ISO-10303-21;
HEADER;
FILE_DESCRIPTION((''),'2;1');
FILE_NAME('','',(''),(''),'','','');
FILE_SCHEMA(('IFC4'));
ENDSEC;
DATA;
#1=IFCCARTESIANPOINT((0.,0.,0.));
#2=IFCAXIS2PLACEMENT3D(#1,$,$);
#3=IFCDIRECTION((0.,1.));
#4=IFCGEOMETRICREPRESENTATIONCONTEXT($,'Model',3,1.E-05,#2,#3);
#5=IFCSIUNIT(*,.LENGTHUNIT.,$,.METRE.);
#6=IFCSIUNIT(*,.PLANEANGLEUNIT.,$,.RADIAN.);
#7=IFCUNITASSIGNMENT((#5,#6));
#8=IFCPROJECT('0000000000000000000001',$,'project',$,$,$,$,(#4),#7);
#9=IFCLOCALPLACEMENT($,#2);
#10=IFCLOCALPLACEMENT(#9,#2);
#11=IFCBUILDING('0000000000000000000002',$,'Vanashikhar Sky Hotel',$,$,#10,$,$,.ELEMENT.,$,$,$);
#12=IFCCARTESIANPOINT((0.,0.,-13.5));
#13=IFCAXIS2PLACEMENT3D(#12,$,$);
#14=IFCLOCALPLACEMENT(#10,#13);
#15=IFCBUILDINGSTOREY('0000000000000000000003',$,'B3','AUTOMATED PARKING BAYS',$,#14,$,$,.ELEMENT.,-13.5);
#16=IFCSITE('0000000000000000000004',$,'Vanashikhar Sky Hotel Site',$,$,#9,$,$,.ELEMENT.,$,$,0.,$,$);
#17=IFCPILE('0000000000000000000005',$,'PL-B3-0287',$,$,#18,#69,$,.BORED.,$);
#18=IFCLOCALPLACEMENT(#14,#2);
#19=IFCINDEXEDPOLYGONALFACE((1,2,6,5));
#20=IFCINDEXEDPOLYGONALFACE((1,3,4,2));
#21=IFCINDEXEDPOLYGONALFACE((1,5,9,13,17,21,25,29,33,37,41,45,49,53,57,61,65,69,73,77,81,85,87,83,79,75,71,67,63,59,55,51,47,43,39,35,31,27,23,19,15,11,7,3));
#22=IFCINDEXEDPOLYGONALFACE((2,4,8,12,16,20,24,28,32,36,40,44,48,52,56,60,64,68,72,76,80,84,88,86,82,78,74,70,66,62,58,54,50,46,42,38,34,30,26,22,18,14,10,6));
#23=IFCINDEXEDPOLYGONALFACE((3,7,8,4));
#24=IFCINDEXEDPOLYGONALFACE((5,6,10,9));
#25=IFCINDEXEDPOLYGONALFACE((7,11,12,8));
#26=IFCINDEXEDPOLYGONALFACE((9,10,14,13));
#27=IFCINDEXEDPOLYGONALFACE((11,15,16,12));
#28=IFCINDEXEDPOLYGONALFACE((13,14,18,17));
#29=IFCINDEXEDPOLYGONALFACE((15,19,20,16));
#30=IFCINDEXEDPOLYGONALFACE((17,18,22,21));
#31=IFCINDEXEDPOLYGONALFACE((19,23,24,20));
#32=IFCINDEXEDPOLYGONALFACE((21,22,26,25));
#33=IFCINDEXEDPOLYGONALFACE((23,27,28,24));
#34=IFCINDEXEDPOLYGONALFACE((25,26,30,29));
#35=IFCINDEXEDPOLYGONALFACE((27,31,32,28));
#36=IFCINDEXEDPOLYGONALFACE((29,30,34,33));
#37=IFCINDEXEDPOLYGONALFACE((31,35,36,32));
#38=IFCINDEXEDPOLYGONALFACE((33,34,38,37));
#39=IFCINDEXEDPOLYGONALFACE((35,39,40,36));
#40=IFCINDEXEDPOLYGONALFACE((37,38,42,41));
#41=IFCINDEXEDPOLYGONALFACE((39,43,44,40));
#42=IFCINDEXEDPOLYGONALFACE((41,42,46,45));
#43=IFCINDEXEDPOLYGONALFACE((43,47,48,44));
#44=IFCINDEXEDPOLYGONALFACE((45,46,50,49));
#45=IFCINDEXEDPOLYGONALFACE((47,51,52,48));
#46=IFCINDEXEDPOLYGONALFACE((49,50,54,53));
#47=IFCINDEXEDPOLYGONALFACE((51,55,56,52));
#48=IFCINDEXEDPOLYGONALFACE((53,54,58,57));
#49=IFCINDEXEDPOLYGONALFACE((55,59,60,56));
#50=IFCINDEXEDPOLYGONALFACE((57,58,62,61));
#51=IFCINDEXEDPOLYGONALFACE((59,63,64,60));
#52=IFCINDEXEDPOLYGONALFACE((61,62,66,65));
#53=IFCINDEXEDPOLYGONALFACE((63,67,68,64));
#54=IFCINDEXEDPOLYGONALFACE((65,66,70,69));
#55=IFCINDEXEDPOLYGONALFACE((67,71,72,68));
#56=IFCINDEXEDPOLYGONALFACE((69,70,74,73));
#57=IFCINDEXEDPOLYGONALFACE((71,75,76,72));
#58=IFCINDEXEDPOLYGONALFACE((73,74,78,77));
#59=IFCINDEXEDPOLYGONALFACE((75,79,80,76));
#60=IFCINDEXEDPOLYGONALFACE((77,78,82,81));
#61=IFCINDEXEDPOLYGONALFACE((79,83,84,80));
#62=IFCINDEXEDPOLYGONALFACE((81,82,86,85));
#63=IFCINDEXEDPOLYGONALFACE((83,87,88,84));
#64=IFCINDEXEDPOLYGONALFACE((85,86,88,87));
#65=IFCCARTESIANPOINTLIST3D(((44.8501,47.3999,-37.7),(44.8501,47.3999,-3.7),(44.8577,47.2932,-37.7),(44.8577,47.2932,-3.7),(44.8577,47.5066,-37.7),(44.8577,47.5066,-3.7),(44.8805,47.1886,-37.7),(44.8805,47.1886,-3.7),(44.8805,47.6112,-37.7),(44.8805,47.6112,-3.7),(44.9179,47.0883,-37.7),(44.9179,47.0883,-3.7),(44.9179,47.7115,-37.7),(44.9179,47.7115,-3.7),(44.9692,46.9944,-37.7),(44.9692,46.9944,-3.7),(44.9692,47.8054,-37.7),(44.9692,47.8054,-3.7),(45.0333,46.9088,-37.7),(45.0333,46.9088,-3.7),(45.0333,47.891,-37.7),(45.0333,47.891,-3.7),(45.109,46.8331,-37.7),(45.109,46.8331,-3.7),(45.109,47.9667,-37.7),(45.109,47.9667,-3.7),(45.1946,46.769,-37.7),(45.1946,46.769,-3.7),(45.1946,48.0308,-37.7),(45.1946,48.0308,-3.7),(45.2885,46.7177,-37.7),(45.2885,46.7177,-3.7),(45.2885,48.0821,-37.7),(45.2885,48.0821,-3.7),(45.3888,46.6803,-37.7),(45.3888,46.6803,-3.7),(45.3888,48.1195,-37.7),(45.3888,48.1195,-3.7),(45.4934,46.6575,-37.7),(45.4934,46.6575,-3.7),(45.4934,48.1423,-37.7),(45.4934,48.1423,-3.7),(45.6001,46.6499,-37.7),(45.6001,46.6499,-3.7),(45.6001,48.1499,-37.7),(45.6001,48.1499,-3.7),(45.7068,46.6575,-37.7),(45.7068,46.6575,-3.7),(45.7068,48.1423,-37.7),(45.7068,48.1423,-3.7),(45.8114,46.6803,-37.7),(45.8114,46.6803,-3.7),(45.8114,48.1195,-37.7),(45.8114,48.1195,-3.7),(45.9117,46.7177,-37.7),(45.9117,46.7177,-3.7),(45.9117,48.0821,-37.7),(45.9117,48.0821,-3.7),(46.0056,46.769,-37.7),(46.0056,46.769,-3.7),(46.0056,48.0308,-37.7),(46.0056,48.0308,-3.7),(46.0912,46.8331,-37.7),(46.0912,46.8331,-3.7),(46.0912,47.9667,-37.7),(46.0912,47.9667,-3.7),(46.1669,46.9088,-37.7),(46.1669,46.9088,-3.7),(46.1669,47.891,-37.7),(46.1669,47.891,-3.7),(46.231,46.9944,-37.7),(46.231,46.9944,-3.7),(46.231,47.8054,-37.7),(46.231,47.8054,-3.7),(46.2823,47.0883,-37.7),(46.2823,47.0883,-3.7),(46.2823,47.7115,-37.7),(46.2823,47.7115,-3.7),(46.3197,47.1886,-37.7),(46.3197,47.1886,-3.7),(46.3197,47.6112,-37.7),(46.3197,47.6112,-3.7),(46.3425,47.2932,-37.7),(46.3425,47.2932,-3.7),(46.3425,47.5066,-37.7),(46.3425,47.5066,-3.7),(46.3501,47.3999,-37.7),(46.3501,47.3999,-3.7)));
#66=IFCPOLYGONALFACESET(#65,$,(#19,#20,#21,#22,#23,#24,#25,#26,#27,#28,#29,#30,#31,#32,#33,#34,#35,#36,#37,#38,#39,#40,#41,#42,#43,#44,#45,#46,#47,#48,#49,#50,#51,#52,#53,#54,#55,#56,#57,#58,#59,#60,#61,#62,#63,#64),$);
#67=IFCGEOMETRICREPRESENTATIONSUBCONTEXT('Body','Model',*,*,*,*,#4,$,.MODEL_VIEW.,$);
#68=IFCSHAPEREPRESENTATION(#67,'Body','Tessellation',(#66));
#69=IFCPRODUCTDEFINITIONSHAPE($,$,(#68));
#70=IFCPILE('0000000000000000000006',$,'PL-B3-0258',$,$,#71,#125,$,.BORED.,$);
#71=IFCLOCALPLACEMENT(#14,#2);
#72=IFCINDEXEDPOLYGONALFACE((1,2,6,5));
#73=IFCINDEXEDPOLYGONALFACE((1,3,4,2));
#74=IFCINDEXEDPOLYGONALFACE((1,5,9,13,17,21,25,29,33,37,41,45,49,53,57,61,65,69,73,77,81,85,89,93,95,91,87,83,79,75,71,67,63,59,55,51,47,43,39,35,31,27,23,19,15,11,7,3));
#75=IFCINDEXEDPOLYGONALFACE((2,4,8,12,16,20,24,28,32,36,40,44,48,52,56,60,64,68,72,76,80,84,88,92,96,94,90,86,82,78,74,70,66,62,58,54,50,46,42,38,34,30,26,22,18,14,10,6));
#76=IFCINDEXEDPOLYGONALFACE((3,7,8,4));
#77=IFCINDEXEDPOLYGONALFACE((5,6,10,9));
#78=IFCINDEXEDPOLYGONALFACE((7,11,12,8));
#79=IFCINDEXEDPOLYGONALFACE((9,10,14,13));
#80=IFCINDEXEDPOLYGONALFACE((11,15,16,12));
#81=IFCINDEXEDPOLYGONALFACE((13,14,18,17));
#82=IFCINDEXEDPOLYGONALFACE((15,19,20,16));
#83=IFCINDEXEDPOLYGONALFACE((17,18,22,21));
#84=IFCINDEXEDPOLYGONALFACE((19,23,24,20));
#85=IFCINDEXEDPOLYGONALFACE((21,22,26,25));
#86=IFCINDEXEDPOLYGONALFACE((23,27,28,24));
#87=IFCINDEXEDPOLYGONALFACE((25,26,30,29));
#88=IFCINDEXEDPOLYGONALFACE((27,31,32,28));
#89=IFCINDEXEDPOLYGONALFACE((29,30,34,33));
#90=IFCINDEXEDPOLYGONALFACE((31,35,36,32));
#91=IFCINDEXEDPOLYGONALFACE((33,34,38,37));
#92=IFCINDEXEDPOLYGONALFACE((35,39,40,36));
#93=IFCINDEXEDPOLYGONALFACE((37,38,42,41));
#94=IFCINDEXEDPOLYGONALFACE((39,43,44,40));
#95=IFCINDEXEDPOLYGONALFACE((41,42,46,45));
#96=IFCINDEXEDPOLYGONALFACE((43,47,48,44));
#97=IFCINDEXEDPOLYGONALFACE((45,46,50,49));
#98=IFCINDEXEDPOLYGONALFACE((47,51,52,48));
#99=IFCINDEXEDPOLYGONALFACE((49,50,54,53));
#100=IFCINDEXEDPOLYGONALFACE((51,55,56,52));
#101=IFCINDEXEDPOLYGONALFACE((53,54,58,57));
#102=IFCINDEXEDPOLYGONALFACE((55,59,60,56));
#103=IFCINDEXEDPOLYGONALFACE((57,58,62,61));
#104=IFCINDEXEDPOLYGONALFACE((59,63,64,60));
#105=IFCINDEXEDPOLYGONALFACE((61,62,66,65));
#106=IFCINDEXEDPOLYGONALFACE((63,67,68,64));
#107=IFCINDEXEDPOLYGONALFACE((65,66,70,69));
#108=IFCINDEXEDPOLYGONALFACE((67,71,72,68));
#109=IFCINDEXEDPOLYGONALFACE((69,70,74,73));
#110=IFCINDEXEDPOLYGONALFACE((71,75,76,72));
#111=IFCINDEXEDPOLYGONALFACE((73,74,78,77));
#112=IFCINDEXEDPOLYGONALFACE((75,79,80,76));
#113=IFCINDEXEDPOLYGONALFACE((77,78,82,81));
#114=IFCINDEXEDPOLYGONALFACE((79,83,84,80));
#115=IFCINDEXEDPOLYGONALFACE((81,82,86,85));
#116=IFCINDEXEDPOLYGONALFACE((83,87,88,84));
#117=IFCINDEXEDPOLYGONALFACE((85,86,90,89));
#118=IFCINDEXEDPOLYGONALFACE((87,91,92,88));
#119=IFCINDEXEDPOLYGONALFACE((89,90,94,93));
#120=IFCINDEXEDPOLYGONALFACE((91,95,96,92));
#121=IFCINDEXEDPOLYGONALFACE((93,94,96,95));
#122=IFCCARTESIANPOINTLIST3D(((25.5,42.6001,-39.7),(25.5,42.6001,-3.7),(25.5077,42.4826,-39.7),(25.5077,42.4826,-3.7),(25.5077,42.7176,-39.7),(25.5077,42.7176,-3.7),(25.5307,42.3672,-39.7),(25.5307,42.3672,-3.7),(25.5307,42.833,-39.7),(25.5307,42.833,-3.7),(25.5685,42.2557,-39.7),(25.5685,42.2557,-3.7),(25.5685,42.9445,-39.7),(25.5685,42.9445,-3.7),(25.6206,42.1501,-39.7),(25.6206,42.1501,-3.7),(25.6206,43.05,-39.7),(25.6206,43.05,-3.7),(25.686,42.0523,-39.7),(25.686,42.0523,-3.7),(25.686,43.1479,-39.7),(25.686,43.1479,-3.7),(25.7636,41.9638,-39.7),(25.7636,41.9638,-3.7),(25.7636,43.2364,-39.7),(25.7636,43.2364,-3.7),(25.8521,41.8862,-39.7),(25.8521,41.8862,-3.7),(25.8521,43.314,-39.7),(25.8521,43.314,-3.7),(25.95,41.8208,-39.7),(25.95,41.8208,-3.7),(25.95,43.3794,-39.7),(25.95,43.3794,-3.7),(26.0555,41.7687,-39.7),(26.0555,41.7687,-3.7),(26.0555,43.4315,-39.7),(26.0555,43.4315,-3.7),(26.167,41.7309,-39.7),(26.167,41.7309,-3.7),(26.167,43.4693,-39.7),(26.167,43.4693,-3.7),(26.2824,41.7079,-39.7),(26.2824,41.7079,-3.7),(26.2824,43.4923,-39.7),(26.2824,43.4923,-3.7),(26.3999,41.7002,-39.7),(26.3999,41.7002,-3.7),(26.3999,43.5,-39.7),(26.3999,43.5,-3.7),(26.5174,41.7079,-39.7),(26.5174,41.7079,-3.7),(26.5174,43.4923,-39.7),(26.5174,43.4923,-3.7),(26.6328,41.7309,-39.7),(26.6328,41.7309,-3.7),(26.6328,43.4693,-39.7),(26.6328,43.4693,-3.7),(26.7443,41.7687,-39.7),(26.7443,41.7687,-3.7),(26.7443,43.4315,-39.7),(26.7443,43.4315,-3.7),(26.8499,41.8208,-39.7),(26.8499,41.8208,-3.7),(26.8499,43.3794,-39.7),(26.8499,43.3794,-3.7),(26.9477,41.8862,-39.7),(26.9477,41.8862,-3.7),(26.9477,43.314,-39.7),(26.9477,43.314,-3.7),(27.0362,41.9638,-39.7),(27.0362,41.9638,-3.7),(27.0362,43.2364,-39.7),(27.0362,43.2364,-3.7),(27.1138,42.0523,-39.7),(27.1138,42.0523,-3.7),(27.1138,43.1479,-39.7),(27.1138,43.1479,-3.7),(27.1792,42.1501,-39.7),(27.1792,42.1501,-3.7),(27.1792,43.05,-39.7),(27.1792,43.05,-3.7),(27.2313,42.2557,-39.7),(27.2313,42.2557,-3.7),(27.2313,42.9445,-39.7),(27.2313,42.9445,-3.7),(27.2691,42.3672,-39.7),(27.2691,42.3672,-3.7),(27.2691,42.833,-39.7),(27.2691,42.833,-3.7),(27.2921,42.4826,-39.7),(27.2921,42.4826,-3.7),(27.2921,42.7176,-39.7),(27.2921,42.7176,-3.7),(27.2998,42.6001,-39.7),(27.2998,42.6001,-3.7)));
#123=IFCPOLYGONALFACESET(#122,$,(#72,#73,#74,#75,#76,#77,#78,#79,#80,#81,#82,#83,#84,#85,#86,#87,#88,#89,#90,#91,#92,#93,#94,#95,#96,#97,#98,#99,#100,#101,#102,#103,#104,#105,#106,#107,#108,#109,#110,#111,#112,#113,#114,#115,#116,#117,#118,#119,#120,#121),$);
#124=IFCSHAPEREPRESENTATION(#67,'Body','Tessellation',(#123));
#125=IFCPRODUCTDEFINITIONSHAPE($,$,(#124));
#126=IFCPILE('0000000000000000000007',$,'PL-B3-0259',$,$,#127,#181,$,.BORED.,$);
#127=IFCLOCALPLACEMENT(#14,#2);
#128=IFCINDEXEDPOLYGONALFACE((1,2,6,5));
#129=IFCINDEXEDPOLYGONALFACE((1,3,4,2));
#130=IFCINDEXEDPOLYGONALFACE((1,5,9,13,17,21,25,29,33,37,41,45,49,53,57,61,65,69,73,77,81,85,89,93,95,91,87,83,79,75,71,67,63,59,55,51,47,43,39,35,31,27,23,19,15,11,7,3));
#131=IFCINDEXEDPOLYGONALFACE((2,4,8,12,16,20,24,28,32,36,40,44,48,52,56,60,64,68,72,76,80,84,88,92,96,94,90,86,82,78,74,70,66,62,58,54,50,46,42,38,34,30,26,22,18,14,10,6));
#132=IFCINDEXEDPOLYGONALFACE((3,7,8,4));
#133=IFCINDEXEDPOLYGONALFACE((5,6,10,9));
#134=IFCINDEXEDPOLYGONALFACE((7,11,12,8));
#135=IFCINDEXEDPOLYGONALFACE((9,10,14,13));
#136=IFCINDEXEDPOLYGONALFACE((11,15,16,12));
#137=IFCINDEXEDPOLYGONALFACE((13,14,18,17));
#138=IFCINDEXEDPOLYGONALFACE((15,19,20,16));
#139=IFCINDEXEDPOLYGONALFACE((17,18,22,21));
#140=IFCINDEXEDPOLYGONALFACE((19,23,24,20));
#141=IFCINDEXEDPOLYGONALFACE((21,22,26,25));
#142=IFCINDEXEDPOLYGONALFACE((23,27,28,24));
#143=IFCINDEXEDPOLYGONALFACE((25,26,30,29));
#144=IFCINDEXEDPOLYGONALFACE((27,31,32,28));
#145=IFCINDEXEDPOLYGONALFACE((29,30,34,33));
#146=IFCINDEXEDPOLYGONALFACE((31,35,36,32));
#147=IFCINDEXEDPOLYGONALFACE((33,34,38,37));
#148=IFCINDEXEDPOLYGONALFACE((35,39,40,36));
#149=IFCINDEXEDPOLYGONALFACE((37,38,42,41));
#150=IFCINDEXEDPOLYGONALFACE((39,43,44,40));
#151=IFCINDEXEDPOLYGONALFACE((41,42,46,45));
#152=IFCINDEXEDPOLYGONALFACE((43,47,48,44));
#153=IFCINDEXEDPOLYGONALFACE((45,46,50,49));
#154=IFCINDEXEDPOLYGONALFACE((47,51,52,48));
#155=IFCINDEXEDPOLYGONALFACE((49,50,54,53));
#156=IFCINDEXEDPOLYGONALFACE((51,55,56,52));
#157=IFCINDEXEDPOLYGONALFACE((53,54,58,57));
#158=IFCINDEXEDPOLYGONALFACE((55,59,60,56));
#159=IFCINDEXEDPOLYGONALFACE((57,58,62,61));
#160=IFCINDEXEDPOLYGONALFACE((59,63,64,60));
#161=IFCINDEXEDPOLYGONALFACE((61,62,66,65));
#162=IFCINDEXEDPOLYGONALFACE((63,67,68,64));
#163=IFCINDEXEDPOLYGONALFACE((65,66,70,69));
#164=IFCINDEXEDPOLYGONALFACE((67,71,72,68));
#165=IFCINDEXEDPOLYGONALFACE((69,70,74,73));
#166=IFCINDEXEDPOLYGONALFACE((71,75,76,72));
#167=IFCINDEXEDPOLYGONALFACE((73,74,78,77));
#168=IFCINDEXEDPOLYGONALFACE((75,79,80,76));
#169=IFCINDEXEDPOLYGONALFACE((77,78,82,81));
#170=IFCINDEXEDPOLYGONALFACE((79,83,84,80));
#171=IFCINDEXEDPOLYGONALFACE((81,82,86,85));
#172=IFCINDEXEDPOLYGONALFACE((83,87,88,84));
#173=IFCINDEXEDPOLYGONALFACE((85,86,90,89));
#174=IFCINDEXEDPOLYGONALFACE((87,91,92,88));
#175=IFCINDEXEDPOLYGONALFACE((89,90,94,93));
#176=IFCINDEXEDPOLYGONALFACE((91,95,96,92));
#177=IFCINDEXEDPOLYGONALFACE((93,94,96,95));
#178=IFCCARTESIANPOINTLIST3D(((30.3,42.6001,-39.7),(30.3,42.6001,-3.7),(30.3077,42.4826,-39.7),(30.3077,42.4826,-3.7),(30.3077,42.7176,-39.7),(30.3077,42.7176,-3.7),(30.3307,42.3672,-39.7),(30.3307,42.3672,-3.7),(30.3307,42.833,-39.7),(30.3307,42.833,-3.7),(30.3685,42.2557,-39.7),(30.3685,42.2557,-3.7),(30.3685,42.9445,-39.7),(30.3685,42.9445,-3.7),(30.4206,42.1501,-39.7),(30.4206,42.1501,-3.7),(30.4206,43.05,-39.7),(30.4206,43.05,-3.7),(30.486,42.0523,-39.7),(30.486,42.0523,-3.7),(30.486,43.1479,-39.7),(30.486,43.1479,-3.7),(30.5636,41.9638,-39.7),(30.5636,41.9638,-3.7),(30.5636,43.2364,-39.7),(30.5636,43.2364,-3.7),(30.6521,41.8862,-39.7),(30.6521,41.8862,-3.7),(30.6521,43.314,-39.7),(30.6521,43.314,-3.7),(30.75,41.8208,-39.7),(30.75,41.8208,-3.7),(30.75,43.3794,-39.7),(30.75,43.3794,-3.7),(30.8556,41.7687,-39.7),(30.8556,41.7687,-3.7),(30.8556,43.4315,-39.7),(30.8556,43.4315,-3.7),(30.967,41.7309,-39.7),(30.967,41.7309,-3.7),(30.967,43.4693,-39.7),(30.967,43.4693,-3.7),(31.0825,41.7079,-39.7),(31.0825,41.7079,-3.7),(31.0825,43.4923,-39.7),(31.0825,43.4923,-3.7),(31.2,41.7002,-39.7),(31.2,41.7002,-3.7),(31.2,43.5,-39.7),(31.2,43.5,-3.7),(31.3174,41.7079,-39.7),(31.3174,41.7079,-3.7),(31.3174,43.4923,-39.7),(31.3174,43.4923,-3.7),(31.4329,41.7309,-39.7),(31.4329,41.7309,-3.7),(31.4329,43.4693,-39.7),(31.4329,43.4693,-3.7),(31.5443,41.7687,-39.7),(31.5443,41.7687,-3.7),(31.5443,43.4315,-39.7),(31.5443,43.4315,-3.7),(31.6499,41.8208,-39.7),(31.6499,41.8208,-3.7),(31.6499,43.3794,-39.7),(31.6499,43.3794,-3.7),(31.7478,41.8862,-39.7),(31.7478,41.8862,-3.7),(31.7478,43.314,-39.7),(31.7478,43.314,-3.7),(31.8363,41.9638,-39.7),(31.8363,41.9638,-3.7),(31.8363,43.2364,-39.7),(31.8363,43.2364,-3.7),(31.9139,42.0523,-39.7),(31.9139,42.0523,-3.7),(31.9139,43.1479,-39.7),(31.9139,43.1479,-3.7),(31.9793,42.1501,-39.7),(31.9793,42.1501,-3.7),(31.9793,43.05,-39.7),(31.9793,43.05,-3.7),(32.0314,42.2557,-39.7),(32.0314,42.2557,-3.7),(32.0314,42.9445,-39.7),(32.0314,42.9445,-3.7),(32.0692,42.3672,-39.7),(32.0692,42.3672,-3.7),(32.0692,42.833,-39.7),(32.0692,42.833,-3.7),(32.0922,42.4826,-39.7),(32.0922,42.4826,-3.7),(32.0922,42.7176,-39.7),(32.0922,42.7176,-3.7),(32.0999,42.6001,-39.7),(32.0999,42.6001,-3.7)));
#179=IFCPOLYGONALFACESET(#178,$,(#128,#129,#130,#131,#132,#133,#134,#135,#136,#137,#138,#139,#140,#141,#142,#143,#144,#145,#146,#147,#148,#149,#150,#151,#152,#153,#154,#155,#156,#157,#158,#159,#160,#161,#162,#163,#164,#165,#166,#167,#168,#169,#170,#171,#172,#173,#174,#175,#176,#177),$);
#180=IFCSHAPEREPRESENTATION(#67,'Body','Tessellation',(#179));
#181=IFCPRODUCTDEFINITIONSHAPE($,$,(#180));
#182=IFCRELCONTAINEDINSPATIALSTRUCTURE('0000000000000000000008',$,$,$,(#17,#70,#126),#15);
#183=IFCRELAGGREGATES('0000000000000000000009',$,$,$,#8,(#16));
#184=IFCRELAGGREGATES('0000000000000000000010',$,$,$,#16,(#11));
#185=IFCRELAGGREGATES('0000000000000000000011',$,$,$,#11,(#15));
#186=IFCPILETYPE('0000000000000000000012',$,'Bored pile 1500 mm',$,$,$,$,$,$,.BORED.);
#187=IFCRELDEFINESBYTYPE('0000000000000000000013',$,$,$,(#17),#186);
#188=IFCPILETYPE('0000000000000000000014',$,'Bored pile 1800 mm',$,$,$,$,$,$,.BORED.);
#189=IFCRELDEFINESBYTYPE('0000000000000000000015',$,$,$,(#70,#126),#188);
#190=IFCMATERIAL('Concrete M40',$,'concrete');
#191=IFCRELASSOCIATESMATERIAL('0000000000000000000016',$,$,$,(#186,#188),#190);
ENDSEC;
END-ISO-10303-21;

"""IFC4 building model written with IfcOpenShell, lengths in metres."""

from ifc_helpers import new_model, si_unit, direction, frame, origin, origin_2d, place, context, subcontext, project, spatial, circle, extrude, source, transform, mapped, material, type_object, element, save


model = new_model("IFC4")

# Units and contexts
model_context = context("Model", 3, precision=1e-05, world=origin(), true_north=direction((0.0, 1.0)))
body_context = subcontext(model_context, "Body", "Model", "MODEL_VIEW")
ifc_project = project(units=[si_unit("LENGTHUNIT", "METRE"), si_unit("PLANEANGLEUNIT", "RADIAN")], contexts=[model_context])

# Site, building, storey
site_placement = place(None, origin())
site = spatial("IfcSite", under=ifc_project, at=site_placement, Name="Vanashikhar Sky Hotel Site", CompositionType="ELEMENT", RefElevation=0.0)
building_placement = place(site_placement, origin())
building = spatial("IfcBuilding", under=site, at=building_placement, Name="Vanashikhar Sky Hotel", CompositionType="ELEMENT")
storey_placement = place(building_placement, frame((0.0, 0.0, -13.5)))
storey = spatial("IfcBuildingStorey", under=building, at=storey_placement, Name="B3", Description="AUTOMATED PARKING BAYS", CompositionType="ELEMENT", Elevation=-13.5)

# Piles
ifc_material_1 = material(Name="Concrete M40", Category="concrete")
pile_type_1 = type_object("IfcPileType", Name="Bored pile 1500 mm", PredefinedType="BORED", material=ifc_material_1)
shared_shape_1 = source(origin(), body_context, "Body", "SweptSolid", [
    extrude(circle(Radius=0.75, at=origin_2d()), origin(), (0.0, 0.0, 1.0), 34.0),
])
for number, where, z_axis, x_axis, name in (
    (1, (45.6001, 47.3999, -3.7), (0.0, 0.0, -1.0), (1.0, 0.0, 0.0), "PL-B3-0287"),
):
    element("IfcPile", number, at=place(storey_placement, frame(where, z_axis=z_axis, x_axis=x_axis)), inside=storey, type_object=pile_type_1, Name=name, PredefinedType="BORED", context=body_context, shape_type="MappedRepresentation", body=[
        mapped(shared_shape_1, transform((0.0, 0.0, 0.0), scale=1.0)),
    ])
pile_type_2 = type_object("IfcPileType", Name="Bored pile 1800 mm", PredefinedType="BORED", material=ifc_material_1)
shared_shape_2 = source(origin(), body_context, "Body", "SweptSolid", [
    extrude(circle(Radius=0.8999, at=origin_2d()), origin(), (0.0, 0.0, 1.0), 36.0),
])
for number, where, z_axis, x_axis, name in (
    (2, (26.3999, 42.6001, -3.7), (0.0, 0.0, -1.0), (1.0, 0.0, 0.0), "PL-B3-0258"),
    (3, (31.2, 42.6001, -3.7), (0.0, 0.0, -1.0), (1.0, 0.0, 0.0), "PL-B3-0259"),
):
    element("IfcPile", number, at=place(storey_placement, frame(where, z_axis=z_axis, x_axis=x_axis)), inside=storey, type_object=pile_type_2, Name=name, PredefinedType="BORED", context=body_context, shape_type="MappedRepresentation", body=[
        mapped(shared_shape_2, transform((0.0, 0.0, 0.0), scale=1.0)),
    ])

save(model, "model.ifc")
